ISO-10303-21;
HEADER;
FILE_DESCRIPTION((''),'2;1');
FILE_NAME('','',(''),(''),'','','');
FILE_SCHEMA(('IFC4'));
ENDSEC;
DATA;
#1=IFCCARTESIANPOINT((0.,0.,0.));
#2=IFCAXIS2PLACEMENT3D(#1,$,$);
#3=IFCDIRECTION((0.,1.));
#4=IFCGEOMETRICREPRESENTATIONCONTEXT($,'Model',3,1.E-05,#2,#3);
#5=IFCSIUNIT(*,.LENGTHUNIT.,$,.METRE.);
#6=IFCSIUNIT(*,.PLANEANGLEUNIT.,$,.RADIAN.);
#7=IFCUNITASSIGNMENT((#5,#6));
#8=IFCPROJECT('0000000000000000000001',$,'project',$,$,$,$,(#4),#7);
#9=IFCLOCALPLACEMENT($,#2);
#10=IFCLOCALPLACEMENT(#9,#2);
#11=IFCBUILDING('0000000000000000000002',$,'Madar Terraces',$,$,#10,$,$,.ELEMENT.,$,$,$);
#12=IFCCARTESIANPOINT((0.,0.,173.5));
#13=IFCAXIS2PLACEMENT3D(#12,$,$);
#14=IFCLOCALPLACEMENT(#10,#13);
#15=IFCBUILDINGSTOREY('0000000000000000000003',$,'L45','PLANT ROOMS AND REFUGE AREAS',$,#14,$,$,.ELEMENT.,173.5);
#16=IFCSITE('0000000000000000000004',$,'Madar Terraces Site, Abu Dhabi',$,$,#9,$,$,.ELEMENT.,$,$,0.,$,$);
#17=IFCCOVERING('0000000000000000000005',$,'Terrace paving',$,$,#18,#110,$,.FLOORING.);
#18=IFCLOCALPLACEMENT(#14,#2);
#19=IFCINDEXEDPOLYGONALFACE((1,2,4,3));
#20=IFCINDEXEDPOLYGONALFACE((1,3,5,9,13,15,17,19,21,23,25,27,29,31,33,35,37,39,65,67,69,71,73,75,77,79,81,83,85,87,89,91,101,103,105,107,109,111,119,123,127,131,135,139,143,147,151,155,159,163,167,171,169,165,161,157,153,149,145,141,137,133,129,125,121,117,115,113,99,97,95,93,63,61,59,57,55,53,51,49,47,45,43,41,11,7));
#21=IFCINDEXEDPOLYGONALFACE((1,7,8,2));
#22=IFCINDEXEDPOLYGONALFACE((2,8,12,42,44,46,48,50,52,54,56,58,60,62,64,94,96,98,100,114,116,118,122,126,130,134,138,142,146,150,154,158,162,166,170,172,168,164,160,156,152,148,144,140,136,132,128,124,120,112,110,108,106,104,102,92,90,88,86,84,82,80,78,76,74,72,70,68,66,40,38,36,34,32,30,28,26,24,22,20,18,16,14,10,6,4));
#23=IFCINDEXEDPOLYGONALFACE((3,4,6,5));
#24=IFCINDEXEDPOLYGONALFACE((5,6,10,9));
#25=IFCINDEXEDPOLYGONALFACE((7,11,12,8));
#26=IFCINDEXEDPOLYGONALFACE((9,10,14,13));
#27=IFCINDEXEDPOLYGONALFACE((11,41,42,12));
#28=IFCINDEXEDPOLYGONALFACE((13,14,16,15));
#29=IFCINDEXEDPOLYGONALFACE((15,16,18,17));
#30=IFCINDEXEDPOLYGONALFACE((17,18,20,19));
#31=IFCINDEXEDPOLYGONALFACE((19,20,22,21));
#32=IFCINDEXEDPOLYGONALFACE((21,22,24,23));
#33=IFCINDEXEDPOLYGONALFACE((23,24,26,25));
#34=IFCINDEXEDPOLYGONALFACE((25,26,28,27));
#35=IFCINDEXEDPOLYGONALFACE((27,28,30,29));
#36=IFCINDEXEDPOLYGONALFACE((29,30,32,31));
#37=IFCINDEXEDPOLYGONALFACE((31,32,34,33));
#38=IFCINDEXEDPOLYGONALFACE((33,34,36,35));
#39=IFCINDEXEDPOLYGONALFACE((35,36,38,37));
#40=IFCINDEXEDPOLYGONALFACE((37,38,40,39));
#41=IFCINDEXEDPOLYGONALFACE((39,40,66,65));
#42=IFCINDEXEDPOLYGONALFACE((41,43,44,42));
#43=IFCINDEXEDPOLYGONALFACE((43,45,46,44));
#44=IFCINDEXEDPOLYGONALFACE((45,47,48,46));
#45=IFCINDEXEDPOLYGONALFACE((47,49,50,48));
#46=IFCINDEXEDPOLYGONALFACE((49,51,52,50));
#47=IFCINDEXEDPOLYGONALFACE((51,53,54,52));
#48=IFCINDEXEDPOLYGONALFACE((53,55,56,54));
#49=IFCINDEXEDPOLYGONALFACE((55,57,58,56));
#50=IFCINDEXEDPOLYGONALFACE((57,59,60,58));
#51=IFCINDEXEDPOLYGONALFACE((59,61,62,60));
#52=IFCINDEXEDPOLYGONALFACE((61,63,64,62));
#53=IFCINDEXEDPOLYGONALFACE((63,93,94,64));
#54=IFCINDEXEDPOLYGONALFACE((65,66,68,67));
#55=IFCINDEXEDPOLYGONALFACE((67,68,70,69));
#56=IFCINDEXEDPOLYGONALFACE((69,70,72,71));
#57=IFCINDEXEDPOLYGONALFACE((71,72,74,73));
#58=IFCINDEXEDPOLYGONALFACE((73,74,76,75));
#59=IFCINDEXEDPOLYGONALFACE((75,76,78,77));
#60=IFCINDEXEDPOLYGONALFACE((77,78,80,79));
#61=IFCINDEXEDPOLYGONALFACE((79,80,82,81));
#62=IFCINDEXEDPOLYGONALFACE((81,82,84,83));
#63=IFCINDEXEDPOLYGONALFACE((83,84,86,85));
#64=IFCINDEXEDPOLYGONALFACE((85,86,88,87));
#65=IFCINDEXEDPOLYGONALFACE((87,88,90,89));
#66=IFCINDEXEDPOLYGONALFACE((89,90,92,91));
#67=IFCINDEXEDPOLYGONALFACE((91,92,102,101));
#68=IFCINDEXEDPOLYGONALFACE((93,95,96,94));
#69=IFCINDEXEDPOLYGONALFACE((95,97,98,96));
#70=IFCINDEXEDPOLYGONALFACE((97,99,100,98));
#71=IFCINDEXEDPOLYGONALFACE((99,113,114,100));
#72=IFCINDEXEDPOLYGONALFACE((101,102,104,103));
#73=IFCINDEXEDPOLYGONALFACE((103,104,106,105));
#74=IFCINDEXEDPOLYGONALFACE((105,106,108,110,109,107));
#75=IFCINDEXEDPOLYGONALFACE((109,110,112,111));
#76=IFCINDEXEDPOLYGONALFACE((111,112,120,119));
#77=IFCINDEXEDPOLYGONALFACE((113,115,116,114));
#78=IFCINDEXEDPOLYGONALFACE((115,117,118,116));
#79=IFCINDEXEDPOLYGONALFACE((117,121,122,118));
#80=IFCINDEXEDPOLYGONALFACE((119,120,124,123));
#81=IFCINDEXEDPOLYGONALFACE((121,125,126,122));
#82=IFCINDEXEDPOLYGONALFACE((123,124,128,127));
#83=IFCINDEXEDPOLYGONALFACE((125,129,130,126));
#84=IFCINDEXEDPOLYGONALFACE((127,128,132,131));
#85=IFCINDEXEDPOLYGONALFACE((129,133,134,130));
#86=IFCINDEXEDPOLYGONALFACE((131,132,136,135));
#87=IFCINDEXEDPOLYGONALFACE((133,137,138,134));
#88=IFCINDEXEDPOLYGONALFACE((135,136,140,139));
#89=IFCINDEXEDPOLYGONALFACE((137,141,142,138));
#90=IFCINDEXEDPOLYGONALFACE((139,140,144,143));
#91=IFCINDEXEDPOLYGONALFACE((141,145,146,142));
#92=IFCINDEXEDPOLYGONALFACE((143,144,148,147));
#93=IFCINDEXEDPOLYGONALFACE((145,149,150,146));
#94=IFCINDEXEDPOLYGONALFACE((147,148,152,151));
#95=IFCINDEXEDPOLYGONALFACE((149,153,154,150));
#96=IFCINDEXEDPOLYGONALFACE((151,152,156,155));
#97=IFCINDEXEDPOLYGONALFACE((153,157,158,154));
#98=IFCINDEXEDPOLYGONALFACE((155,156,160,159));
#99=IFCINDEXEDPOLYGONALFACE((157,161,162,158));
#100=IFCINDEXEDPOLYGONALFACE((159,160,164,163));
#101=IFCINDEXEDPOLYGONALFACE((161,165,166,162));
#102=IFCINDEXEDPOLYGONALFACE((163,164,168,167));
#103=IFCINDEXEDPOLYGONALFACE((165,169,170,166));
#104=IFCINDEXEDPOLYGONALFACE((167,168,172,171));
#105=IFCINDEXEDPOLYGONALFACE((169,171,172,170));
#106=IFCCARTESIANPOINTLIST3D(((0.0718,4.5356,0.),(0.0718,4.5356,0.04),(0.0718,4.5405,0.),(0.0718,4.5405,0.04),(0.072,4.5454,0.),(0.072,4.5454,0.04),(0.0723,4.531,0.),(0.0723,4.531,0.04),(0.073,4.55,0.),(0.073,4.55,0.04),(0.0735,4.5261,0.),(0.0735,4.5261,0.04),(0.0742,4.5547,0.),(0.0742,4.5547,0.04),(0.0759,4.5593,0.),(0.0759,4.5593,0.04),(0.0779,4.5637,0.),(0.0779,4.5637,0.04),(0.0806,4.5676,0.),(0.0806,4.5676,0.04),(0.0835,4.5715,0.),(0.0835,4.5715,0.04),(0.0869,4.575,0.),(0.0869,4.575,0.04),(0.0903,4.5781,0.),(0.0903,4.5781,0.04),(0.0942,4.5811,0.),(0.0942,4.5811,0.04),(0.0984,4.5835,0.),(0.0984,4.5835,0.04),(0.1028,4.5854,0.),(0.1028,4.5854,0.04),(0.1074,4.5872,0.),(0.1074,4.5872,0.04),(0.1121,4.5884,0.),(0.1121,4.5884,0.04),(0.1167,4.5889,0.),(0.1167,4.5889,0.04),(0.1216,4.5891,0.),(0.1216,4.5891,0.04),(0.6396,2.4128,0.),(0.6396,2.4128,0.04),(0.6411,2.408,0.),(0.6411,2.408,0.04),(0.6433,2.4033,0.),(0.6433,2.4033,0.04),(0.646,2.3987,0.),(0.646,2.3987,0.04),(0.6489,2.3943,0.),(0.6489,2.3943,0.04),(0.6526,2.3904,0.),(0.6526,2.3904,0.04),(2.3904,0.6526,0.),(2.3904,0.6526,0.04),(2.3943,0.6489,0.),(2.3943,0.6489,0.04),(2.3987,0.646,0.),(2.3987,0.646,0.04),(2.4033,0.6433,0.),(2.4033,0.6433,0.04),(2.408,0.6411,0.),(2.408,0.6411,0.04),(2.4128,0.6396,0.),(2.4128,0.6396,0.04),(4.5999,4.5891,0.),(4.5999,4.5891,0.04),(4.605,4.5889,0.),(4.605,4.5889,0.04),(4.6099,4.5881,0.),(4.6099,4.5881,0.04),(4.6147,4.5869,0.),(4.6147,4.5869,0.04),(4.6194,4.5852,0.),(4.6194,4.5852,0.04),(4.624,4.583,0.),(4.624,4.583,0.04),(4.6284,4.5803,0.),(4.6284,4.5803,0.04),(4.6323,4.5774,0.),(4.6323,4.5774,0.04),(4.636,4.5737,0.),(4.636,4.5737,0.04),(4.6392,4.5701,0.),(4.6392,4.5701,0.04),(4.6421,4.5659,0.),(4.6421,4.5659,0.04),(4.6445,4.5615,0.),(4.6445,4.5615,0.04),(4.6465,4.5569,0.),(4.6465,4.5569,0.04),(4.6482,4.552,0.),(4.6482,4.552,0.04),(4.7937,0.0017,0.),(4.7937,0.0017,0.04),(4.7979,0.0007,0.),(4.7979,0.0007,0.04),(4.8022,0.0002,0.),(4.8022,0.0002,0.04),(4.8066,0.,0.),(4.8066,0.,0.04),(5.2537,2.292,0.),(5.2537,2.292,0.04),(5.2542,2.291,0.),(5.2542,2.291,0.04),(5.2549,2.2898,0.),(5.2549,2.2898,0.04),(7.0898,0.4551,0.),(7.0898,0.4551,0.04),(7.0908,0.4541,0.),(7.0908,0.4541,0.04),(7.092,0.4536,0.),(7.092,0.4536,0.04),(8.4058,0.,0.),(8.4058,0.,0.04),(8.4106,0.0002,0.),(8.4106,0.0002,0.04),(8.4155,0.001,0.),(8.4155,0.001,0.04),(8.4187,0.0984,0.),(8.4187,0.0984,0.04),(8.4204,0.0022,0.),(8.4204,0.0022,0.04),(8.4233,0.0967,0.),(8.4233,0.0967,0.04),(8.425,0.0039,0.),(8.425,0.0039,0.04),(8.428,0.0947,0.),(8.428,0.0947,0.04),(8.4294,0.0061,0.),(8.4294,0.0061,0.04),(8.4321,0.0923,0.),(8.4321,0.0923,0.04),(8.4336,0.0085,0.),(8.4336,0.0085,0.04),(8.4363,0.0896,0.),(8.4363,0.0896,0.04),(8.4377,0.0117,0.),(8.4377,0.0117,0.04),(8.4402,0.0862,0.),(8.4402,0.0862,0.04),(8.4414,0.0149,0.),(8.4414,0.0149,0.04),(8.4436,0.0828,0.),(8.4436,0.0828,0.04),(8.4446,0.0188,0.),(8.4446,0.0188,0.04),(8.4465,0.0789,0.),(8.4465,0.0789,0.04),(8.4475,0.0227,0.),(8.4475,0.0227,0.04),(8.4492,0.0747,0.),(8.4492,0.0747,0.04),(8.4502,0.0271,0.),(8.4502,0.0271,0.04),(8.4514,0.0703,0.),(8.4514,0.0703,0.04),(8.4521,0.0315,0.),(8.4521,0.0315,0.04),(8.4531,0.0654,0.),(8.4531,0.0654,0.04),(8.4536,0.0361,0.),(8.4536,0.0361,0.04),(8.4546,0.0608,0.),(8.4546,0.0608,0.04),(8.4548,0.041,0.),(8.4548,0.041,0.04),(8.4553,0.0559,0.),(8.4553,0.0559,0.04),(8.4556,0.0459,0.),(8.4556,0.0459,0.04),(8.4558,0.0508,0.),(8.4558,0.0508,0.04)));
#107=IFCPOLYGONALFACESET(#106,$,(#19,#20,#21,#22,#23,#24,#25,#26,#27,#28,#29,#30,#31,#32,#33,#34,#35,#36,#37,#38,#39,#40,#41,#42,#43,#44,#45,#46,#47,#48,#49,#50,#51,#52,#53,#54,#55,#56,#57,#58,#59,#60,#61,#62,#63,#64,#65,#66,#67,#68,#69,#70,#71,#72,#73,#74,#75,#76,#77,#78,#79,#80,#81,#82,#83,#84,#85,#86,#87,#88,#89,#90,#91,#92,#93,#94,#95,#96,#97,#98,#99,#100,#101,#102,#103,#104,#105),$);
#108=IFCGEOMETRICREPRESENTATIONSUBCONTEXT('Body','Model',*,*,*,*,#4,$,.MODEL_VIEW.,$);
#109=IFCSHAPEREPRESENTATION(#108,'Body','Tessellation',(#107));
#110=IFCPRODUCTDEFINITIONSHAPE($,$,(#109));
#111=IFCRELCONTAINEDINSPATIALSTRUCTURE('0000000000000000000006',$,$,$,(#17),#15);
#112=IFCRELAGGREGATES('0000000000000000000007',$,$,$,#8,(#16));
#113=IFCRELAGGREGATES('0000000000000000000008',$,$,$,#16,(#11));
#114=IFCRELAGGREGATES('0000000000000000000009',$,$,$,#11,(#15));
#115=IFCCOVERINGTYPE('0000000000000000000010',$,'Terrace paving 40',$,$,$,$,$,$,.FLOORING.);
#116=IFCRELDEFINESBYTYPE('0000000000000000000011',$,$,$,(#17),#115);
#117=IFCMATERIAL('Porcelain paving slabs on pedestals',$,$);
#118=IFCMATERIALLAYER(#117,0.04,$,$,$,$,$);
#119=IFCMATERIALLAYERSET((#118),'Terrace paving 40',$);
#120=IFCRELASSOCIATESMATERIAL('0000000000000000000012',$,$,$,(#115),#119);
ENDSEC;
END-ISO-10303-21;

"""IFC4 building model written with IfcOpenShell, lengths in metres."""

from ifc_helpers import new_model, si_unit, direction, frame, origin, place, context, subcontext, project, spatial, polyline, outline, extrude, material, layer, layer_set, type_object, element, save


model = new_model("IFC4")

# Units and contexts
model_context = context("Model", 3, precision=1e-05, world=origin(), true_north=direction((0.0, 1.0)))
body_context = subcontext(model_context, "Body", "Model", "MODEL_VIEW")
ifc_project = project(units=[si_unit("LENGTHUNIT", "METRE"), si_unit("PLANEANGLEUNIT", "RADIAN")], contexts=[model_context])

# Site, building, storey
site_placement = place(None, origin())
site = spatial("IfcSite", under=ifc_project, at=site_placement, Name="Madar Terraces Site, Abu Dhabi", CompositionType="ELEMENT", RefElevation=0.0)
building_placement = place(site_placement, origin())
building = spatial("IfcBuilding", under=site, at=building_placement, Name="Madar Terraces", CompositionType="ELEMENT")
storey_placement = place(building_placement, frame((0.0, 0.0, 173.5)))
storey = spatial("IfcBuildingStorey", under=building, at=storey_placement, Name="L45", Description="PLANT ROOMS AND REFUGE AREAS", CompositionType="ELEMENT", Elevation=173.5)

# Covering
ifc_material_1 = material(Name="Porcelain paving slabs on pedestals")
ifc_layer_1 = layer(ifc_material_1, 0.04)
ifc_layer_set_1 = layer_set([ifc_layer_1], Name="Terrace paving 40")
covering_type = type_object("IfcCoveringType", Name="Terrace paving 40", PredefinedType="FLOORING", material=ifc_layer_set_1)
covering_1_placement = place(storey_placement, origin())
element("IfcCovering", 1, at=covering_1_placement, inside=storey, type_object=covering_type, Name="Terrace paving", PredefinedType="FLOORING", context=body_context, shape_type="SweptSolid", body=[
    extrude(outline(polyline([(2.4033, 0.6433), (2.3987, 0.646), (2.3943, 0.6489), (2.3904, 0.6526), (0.6526, 2.3904), (0.6489, 2.3943), (0.646, 2.3987), (0.6433, 2.4033), (0.6411, 2.408), (0.6396, 2.4128), (0.0735, 4.5261), (0.0723, 4.531), (0.0718, 4.5356), (0.0718, 4.5405), (0.072, 4.5454), (0.073, 4.55), (0.0742, 4.5547), (0.0759, 4.5593), (0.0779, 4.5637), (0.0806, 4.5676), (0.0835, 4.5715), (0.0869, 4.575), (0.0903, 4.5781), (0.0942, 4.5811), (0.0984, 4.5835), (0.1028, 4.5854), (0.1074, 4.5872), (0.1121, 4.5884), (0.1167, 4.5889), (0.1216, 4.5891), (4.5999, 4.5891), (4.605, 4.5889), (4.6099, 4.5881), (4.6147, 4.5869), (4.6194, 4.5852), (4.624, 4.583), (4.6284, 4.5803), (4.6323, 4.5774), (4.636, 4.5737), (4.6392, 4.5701), (4.6421, 4.5659), (4.6445, 4.5615), (4.6465, 4.5569), (4.6482, 4.552), (5.2537, 2.292), (5.2542, 2.291), (5.2549, 2.2898), (7.0898, 0.4551), (7.0908, 0.4541), (7.092, 0.4536), (8.4187, 0.0984), (8.4233, 0.0967), (8.428, 0.0947), (8.4321, 0.0923), (8.4363, 0.0896), (8.4402, 0.0862), (8.4436, 0.0828), (8.4465, 0.0789), (8.4492, 0.0747), (8.4514, 0.0703), (8.4531, 0.0654), (8.4546, 0.0608), (8.4553, 0.0559), (8.4558, 0.0508), (8.4556, 0.0459), (8.4548, 0.041), (8.4536, 0.0361), (8.4521, 0.0315), (8.4502, 0.0271), (8.4475, 0.0227), (8.4446, 0.0188), (8.4414, 0.0149), (8.4377, 0.0117), (8.4336, 0.0085), (8.4294, 0.0061), (8.425, 0.0039), (8.4204, 0.0022), (8.4155, 0.001), (8.4106, 0.0002), (8.4058, 0.0), (4.8066, 0.0), (4.8022, 0.0002), (4.7979, 0.0007), (4.7937, 0.0017), (2.4128, 0.6396), (2.408, 0.6411), (2.4033, 0.6433)])), origin(), (0.0, 0.0, 1.0), 0.04),
])

save(model, "model.ifc")
